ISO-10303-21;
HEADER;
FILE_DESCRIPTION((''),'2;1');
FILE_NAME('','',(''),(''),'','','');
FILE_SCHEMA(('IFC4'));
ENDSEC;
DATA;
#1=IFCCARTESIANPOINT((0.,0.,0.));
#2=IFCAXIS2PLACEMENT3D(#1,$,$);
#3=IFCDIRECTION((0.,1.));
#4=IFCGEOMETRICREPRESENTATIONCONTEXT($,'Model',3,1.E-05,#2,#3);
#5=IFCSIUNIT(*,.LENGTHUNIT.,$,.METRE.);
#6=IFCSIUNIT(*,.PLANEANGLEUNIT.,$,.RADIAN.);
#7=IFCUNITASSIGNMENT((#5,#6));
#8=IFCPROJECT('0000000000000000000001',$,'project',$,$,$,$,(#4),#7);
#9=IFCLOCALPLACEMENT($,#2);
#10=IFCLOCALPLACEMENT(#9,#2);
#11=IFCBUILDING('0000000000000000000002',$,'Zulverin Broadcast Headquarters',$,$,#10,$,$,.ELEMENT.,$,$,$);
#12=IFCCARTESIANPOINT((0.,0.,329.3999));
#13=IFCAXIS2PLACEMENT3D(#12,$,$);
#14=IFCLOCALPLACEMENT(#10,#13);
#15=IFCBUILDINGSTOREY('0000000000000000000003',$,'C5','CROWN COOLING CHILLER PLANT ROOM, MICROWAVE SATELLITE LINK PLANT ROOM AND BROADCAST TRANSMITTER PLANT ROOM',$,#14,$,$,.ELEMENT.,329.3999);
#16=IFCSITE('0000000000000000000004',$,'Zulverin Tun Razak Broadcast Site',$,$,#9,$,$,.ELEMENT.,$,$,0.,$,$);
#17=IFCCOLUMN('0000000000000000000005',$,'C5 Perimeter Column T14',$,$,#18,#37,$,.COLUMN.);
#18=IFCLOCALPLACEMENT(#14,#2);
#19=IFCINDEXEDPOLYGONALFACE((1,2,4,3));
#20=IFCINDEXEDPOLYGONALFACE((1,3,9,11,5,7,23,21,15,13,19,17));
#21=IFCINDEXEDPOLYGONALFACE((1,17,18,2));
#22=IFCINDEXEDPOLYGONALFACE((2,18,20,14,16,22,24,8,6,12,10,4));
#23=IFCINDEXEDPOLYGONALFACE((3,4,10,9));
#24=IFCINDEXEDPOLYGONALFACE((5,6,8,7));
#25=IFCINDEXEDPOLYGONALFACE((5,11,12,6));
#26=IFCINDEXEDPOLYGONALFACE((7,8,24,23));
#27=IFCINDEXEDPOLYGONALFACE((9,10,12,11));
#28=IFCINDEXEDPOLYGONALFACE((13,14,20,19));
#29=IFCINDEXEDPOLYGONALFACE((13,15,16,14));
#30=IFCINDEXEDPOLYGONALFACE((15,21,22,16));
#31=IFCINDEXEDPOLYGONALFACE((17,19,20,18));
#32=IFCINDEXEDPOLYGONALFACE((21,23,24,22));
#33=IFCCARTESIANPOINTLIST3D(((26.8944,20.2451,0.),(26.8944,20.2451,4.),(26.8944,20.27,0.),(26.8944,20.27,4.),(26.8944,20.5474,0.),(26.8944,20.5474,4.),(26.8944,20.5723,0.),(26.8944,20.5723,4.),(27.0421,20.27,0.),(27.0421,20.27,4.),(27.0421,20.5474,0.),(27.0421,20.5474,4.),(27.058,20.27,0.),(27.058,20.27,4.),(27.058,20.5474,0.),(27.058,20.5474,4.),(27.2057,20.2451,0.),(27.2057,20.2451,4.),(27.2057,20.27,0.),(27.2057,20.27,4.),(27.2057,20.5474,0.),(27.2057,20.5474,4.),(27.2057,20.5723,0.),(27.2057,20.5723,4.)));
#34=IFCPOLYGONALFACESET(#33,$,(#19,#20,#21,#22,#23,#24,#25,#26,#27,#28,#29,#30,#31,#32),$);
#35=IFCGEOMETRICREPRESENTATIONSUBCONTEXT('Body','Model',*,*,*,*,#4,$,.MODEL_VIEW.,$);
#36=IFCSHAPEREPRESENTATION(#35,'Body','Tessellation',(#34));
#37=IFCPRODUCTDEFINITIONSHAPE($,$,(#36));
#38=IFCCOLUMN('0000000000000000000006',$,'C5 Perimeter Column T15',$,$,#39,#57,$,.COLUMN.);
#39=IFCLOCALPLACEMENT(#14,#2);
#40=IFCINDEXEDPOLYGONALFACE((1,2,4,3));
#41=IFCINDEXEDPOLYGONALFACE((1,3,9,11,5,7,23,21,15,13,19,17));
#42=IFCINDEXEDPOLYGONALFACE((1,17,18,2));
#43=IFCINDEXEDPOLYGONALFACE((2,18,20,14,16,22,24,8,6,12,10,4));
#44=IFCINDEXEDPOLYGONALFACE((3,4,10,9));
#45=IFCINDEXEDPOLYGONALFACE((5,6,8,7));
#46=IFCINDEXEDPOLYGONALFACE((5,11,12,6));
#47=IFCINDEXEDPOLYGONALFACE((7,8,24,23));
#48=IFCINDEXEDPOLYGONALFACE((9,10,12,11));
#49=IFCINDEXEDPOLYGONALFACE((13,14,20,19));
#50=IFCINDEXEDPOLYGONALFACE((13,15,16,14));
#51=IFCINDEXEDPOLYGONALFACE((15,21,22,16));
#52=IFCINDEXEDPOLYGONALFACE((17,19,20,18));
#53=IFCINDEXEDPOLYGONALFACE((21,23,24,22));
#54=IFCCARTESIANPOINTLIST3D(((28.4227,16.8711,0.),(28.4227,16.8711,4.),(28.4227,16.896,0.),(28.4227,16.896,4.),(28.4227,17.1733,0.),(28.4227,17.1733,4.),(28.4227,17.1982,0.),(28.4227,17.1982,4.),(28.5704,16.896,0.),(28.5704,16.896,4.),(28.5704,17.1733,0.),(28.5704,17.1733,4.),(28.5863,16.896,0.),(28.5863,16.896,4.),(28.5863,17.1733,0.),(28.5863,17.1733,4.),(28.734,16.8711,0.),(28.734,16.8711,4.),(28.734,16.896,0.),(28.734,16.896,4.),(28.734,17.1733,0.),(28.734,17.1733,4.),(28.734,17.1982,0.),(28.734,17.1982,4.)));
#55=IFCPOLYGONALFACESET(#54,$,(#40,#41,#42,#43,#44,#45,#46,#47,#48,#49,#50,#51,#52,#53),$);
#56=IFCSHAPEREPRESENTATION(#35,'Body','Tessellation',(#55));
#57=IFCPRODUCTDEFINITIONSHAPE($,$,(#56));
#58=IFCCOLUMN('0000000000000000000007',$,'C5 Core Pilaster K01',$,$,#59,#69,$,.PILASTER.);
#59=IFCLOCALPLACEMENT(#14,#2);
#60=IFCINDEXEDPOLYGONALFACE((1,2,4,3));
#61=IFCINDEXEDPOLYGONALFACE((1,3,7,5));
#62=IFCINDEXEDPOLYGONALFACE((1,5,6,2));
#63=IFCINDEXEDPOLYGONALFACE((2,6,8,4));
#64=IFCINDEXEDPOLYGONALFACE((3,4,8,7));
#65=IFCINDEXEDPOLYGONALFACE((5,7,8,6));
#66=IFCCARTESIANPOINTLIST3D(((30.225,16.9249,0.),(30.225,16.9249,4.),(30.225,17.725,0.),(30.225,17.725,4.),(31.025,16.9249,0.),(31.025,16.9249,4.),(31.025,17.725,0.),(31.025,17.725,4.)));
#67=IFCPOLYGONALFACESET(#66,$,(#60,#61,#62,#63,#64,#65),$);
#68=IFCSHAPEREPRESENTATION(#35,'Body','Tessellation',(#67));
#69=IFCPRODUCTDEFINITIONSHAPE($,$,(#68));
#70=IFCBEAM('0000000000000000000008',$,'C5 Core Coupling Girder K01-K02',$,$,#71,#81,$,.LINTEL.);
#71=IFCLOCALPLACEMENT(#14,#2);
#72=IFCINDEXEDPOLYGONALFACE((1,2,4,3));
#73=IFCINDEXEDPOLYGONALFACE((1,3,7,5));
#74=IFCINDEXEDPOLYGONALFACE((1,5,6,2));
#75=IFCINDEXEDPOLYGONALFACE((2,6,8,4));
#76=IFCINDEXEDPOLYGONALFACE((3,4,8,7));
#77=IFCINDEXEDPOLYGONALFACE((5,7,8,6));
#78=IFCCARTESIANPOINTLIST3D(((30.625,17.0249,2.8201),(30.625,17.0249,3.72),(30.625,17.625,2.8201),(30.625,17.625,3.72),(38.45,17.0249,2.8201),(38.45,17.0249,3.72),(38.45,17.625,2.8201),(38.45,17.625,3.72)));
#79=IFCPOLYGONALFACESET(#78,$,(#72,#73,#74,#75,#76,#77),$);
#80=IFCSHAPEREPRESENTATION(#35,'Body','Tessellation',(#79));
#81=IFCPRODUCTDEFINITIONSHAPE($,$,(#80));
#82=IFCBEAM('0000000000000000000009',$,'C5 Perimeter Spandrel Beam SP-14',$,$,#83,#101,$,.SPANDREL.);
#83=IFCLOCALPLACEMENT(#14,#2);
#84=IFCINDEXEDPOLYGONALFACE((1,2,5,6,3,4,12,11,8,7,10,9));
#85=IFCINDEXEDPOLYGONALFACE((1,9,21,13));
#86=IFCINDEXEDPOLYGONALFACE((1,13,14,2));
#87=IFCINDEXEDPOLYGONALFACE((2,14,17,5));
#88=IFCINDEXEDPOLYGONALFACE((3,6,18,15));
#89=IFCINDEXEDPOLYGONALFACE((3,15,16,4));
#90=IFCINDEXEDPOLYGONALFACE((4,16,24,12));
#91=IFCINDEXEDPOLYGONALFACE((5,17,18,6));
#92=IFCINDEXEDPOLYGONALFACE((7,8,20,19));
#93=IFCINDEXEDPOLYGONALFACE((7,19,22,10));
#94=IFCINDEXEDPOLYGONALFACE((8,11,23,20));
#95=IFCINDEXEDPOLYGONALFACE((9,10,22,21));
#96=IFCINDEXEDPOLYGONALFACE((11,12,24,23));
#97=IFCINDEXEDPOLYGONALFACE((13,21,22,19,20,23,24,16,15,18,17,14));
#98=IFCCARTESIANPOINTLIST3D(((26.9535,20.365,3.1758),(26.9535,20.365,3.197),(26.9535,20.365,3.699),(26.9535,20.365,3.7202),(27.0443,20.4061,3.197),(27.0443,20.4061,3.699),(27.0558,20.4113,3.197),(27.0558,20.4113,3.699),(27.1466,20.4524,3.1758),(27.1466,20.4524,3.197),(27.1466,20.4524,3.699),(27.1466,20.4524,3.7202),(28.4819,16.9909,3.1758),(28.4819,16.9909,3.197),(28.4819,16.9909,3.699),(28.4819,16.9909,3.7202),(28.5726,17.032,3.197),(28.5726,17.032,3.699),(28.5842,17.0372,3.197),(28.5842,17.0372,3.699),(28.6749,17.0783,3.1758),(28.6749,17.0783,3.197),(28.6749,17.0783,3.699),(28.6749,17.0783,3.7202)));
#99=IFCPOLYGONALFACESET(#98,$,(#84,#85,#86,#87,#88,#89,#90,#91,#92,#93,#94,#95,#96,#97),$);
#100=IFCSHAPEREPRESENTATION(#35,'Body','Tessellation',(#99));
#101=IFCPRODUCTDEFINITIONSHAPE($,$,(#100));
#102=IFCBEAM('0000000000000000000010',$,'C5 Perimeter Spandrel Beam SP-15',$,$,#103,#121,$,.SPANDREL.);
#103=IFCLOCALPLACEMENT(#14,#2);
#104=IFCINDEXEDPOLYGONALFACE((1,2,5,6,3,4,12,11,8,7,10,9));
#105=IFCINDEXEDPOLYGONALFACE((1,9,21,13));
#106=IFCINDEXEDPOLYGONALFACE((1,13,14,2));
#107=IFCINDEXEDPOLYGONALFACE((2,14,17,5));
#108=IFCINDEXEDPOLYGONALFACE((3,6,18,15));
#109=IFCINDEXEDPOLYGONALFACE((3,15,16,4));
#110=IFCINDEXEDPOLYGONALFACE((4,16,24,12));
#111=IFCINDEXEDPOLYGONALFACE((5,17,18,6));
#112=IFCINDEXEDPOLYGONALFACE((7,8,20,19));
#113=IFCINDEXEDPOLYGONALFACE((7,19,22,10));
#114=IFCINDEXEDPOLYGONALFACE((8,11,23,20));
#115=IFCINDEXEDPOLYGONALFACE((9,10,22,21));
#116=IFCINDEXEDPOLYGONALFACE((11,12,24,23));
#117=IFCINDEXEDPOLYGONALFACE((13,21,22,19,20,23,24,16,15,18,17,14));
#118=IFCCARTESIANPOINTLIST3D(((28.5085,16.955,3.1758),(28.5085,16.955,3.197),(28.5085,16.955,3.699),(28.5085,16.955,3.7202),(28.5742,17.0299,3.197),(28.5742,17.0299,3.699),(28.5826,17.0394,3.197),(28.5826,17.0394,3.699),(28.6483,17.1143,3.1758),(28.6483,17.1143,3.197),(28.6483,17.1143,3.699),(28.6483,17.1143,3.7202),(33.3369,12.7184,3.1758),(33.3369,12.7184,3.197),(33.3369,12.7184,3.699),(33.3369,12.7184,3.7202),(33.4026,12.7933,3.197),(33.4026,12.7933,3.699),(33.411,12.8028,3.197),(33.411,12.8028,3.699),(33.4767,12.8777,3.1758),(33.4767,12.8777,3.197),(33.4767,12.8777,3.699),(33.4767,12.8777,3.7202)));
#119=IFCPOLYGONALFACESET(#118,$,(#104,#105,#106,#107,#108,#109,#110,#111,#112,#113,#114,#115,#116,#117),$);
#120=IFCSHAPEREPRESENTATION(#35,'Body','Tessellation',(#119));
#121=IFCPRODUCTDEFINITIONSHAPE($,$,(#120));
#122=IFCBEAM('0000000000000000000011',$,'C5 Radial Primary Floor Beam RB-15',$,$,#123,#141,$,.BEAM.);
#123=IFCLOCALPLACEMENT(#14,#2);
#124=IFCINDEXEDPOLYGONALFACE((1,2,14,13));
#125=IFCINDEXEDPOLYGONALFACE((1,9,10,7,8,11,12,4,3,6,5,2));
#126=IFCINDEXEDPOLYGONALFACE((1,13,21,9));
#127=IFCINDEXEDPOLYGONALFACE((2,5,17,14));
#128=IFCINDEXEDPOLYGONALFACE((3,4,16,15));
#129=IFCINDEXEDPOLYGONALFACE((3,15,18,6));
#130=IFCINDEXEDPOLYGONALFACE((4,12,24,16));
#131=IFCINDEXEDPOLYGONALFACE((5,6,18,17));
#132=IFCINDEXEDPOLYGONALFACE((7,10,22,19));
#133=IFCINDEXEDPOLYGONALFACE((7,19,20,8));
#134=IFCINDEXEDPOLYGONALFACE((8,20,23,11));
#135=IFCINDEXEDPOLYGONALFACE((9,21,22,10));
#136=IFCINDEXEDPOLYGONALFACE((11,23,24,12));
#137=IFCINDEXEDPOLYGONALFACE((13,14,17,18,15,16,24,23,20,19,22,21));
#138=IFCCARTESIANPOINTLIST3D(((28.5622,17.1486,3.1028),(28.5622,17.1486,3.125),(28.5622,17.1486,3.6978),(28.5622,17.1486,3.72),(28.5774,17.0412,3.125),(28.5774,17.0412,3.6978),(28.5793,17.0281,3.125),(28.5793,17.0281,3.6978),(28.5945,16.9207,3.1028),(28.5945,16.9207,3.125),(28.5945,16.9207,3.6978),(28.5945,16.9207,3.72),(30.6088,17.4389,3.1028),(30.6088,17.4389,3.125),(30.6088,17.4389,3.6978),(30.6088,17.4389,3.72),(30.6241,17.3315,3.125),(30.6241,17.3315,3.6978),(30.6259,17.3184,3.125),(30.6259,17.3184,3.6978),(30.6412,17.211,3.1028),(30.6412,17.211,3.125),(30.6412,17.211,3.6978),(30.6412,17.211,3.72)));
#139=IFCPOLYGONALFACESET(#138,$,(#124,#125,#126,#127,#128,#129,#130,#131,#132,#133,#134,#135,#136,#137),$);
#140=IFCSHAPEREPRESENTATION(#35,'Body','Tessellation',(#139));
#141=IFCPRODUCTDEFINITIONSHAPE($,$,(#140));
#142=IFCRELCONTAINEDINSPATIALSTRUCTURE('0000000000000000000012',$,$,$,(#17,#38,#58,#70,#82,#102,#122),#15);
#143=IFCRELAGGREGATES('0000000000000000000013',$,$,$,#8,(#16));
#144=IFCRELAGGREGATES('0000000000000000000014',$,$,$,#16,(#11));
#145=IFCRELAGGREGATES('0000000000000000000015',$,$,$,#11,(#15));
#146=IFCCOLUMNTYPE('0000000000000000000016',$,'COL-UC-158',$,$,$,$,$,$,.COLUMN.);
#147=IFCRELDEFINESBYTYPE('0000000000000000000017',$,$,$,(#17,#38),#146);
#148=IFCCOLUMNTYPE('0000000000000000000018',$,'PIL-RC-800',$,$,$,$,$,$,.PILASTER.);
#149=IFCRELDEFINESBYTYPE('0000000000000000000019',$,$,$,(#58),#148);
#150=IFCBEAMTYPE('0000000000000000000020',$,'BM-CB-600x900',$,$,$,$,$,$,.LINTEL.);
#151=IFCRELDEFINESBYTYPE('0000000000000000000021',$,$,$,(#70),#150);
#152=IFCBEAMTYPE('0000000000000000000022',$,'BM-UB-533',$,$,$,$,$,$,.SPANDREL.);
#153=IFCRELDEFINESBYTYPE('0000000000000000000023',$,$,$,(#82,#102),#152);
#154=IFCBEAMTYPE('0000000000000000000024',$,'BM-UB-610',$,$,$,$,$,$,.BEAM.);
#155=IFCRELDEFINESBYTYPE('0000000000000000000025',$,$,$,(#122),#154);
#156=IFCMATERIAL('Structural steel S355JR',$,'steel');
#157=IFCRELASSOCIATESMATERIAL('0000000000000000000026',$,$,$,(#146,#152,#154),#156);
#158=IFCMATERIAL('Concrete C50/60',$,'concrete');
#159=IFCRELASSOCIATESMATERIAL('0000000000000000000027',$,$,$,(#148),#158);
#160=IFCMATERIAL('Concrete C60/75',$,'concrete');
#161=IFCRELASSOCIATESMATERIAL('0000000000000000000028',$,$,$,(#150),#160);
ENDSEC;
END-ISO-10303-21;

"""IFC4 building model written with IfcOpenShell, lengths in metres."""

from ifc_helpers import new_model, si_unit, direction, frame, origin, origin_2d, place, context, subcontext, project, spatial, rectangle, i_section, extrude, material, material_profile, profile_set, type_object, element, save


model = new_model("IFC4")

# Units and contexts
model_context = context("Model", 3, precision=1e-05, world=origin(), true_north=direction((0.0, 1.0)))
body_context = subcontext(model_context, "Body", "Model", "MODEL_VIEW")
ifc_project = project(units=[si_unit("LENGTHUNIT", "METRE"), si_unit("PLANEANGLEUNIT", "RADIAN")], contexts=[model_context])

# Site, building, storey
site_placement = place(None, origin())
site = spatial("IfcSite", under=ifc_project, at=site_placement, Name="Zulverin Tun Razak Broadcast Site", CompositionType="ELEMENT", RefElevation=0.0)
building_placement = place(site_placement, origin())
building = spatial("IfcBuilding", under=site, at=building_placement, Name="Zulverin Broadcast Headquarters", CompositionType="ELEMENT")
storey_placement = place(building_placement, frame((0.0, 0.0, 329.3999)))
storey = spatial("IfcBuildingStorey", under=building, at=storey_placement, Name="C5", Description="CROWN COOLING CHILLER PLANT ROOM, MICROWAVE SATELLITE LINK PLANT ROOM AND BROADCAST TRANSMITTER PLANT ROOM", CompositionType="ELEMENT", Elevation=329.3999)

# Columns
ifc_material_1 = material(Name="Structural steel S355JR", Category="steel")
ifc_material_profile_1 = material_profile(ifc_material_1, i_section(OverallWidth=0.3113, OverallDepth=0.3271, WebThickness=0.0159, FlangeThickness=0.0249, at=origin_2d()), Name="Structural steel S355JR", Category="steel")
ifc_profile_set_1 = profile_set([ifc_material_profile_1], Name="Structural steel S355JR")
column_type_1 = type_object("IfcColumnType", Name="COL-UC-158", PredefinedType="COLUMN", material=ifc_profile_set_1)
for number, where, z_axis, x_axis, name in (
    (1, (27.05, 20.4087, 0.0), (0.0, 0.0, 1.0), (1.0, 0.0, 0.0), "C5 Perimeter Column T14"),
    (2, (28.5784, 17.0347, 0.0), (0.0, 0.0, 1.0), (1.0, 0.0, 0.0), "C5 Perimeter Column T15"),
):
    element("IfcColumn", number, at=place(storey_placement, frame(where, z_axis=z_axis, x_axis=x_axis)), inside=storey, type_object=column_type_1, Name=name, PredefinedType="COLUMN", context=body_context, shape_type="SweptSolid", body=[
        extrude(i_section(OverallWidth=0.3113, OverallDepth=0.3271, WebThickness=0.0159, FlangeThickness=0.0249, at=origin_2d()), origin(), (0.0, 0.0, 1.0), 4.0),
    ])
ifc_material_2 = material(Name="Concrete C50/60", Category="concrete")
ifc_material_profile_2 = material_profile(ifc_material_2, rectangle(XDim=0.8, YDim=0.8, at=origin_2d()), Name="Concrete C50/60", Category="concrete")
ifc_profile_set_2 = profile_set([ifc_material_profile_2], Name="Concrete C50/60")
column_type_2 = type_object("IfcColumnType", Name="PIL-RC-800", PredefinedType="PILASTER", material=ifc_profile_set_2)
column_placement = place(storey_placement, frame((30.625, 17.325, 0.0), z_axis=(0.0, 0.0, 1.0), x_axis=(1.0, 0.0, 0.0)))
element("IfcColumn", 3, at=column_placement, inside=storey, type_object=column_type_2, Name="C5 Core Pilaster K01", PredefinedType="PILASTER", context=body_context, shape_type="SweptSolid", body=[
    extrude(rectangle(XDim=0.8, YDim=0.8, at=origin_2d()), origin(), (0.0, 0.0, 1.0), 4.0),
])

# Beams
ifc_material_3 = material(Name="Concrete C60/75", Category="concrete")
ifc_material_profile_3 = material_profile(ifc_material_3, rectangle(XDim=0.6001, YDim=0.8999, at=origin_2d()), Name="Concrete C60/75", Category="concrete")
ifc_profile_set_3 = profile_set([ifc_material_profile_3], Name="Concrete C60/75")
beam_type_1 = type_object("IfcBeamType", Name="BM-CB-600x900", PredefinedType="LINTEL", material=ifc_profile_set_3)
beam_1_placement = place(storey_placement, frame((30.625, 17.325, 3.27), z_axis=(1.0, 0.0, 0.0), x_axis=(0.0, 1.0, 0.0)))
element("IfcBeam", 4, at=beam_1_placement, inside=storey, type_object=beam_type_1, Name="C5 Core Coupling Girder K01-K02", PredefinedType="LINTEL", context=body_context, shape_type="SweptSolid", body=[
    extrude(rectangle(XDim=0.6001, YDim=0.8999, at=origin_2d()), origin(), (0.0, 0.0, 1.0), 7.825),
])
ifc_material_profile_4 = material_profile(ifc_material_1, i_section(OverallWidth=0.2119, OverallDepth=0.5444, WebThickness=0.0127, FlangeThickness=0.0212, at=origin_2d()), Name="Structural steel S355JR", Category="steel")
ifc_profile_set_4 = profile_set([ifc_material_profile_4], Name="Structural steel S355JR")
beam_type_2 = type_object("IfcBeamType", Name="BM-UB-533", PredefinedType="SPANDREL", material=ifc_profile_set_4)
beam_2_placement = place(storey_placement, frame((27.05, 20.4087, 3.448), z_axis=(0.412611, -0.910907, 0.0), x_axis=(0.910907, 0.412611, 0.0)))
element("IfcBeam", 5, at=beam_2_placement, inside=storey, type_object=beam_type_2, Name="C5 Perimeter Spandrel Beam SP-14", PredefinedType="SPANDREL", context=body_context, shape_type="SweptSolid", body=[
    extrude(i_section(OverallWidth=0.2119, OverallDepth=0.5444, WebThickness=0.0127, FlangeThickness=0.0212, at=origin_2d()), origin(), (0.0, 0.0, 1.0), 3.7041),
])
beam_3_placement = place(storey_placement, frame((28.5784, 17.0347, 3.448), z_axis=(0.75167, -0.65954, 0.0), x_axis=(0.65954, 0.75167, 0.0)))
element("IfcBeam", 6, at=beam_3_placement, inside=storey, type_object=beam_type_2, Name="C5 Perimeter Spandrel Beam SP-15", PredefinedType="SPANDREL", context=body_context, shape_type="SweptSolid", body=[
    extrude(i_section(OverallWidth=0.2119, OverallDepth=0.5444, WebThickness=0.0127, FlangeThickness=0.0212, at=origin_2d()), origin(), (0.0, 0.0, 1.0), 6.4236),
])
ifc_material_profile_5 = material_profile(ifc_material_1, i_section(OverallWidth=0.2302, OverallDepth=0.6172, WebThickness=0.0132, FlangeThickness=0.0222, at=origin_2d()), Name="Structural steel S355JR", Category="steel")
ifc_profile_set_5 = profile_set([ifc_material_profile_5], Name="Structural steel S355JR")
beam_type_3 = type_object("IfcBeamType", Name="BM-UB-610", PredefinedType="BEAM", material=ifc_profile_set_5)
beam_4_placement = place(storey_placement, frame((30.625, 17.325, 3.4114), z_axis=(-0.990091, -0.140429, 0.0), x_axis=(0.140429, -0.990091, 0.0)))
element("IfcBeam", 7, at=beam_4_placement, inside=storey, type_object=beam_type_3, Name="C5 Radial Primary Floor Beam RB-15", PredefinedType="BEAM", context=body_context, shape_type="SweptSolid", body=[
    extrude(i_section(OverallWidth=0.2302, OverallDepth=0.6172, WebThickness=0.0132, FlangeThickness=0.0222, at=origin_2d()), origin(), (0.0, 0.0, 1.0), 2.0671),
])

save(model, "model.ifc")
